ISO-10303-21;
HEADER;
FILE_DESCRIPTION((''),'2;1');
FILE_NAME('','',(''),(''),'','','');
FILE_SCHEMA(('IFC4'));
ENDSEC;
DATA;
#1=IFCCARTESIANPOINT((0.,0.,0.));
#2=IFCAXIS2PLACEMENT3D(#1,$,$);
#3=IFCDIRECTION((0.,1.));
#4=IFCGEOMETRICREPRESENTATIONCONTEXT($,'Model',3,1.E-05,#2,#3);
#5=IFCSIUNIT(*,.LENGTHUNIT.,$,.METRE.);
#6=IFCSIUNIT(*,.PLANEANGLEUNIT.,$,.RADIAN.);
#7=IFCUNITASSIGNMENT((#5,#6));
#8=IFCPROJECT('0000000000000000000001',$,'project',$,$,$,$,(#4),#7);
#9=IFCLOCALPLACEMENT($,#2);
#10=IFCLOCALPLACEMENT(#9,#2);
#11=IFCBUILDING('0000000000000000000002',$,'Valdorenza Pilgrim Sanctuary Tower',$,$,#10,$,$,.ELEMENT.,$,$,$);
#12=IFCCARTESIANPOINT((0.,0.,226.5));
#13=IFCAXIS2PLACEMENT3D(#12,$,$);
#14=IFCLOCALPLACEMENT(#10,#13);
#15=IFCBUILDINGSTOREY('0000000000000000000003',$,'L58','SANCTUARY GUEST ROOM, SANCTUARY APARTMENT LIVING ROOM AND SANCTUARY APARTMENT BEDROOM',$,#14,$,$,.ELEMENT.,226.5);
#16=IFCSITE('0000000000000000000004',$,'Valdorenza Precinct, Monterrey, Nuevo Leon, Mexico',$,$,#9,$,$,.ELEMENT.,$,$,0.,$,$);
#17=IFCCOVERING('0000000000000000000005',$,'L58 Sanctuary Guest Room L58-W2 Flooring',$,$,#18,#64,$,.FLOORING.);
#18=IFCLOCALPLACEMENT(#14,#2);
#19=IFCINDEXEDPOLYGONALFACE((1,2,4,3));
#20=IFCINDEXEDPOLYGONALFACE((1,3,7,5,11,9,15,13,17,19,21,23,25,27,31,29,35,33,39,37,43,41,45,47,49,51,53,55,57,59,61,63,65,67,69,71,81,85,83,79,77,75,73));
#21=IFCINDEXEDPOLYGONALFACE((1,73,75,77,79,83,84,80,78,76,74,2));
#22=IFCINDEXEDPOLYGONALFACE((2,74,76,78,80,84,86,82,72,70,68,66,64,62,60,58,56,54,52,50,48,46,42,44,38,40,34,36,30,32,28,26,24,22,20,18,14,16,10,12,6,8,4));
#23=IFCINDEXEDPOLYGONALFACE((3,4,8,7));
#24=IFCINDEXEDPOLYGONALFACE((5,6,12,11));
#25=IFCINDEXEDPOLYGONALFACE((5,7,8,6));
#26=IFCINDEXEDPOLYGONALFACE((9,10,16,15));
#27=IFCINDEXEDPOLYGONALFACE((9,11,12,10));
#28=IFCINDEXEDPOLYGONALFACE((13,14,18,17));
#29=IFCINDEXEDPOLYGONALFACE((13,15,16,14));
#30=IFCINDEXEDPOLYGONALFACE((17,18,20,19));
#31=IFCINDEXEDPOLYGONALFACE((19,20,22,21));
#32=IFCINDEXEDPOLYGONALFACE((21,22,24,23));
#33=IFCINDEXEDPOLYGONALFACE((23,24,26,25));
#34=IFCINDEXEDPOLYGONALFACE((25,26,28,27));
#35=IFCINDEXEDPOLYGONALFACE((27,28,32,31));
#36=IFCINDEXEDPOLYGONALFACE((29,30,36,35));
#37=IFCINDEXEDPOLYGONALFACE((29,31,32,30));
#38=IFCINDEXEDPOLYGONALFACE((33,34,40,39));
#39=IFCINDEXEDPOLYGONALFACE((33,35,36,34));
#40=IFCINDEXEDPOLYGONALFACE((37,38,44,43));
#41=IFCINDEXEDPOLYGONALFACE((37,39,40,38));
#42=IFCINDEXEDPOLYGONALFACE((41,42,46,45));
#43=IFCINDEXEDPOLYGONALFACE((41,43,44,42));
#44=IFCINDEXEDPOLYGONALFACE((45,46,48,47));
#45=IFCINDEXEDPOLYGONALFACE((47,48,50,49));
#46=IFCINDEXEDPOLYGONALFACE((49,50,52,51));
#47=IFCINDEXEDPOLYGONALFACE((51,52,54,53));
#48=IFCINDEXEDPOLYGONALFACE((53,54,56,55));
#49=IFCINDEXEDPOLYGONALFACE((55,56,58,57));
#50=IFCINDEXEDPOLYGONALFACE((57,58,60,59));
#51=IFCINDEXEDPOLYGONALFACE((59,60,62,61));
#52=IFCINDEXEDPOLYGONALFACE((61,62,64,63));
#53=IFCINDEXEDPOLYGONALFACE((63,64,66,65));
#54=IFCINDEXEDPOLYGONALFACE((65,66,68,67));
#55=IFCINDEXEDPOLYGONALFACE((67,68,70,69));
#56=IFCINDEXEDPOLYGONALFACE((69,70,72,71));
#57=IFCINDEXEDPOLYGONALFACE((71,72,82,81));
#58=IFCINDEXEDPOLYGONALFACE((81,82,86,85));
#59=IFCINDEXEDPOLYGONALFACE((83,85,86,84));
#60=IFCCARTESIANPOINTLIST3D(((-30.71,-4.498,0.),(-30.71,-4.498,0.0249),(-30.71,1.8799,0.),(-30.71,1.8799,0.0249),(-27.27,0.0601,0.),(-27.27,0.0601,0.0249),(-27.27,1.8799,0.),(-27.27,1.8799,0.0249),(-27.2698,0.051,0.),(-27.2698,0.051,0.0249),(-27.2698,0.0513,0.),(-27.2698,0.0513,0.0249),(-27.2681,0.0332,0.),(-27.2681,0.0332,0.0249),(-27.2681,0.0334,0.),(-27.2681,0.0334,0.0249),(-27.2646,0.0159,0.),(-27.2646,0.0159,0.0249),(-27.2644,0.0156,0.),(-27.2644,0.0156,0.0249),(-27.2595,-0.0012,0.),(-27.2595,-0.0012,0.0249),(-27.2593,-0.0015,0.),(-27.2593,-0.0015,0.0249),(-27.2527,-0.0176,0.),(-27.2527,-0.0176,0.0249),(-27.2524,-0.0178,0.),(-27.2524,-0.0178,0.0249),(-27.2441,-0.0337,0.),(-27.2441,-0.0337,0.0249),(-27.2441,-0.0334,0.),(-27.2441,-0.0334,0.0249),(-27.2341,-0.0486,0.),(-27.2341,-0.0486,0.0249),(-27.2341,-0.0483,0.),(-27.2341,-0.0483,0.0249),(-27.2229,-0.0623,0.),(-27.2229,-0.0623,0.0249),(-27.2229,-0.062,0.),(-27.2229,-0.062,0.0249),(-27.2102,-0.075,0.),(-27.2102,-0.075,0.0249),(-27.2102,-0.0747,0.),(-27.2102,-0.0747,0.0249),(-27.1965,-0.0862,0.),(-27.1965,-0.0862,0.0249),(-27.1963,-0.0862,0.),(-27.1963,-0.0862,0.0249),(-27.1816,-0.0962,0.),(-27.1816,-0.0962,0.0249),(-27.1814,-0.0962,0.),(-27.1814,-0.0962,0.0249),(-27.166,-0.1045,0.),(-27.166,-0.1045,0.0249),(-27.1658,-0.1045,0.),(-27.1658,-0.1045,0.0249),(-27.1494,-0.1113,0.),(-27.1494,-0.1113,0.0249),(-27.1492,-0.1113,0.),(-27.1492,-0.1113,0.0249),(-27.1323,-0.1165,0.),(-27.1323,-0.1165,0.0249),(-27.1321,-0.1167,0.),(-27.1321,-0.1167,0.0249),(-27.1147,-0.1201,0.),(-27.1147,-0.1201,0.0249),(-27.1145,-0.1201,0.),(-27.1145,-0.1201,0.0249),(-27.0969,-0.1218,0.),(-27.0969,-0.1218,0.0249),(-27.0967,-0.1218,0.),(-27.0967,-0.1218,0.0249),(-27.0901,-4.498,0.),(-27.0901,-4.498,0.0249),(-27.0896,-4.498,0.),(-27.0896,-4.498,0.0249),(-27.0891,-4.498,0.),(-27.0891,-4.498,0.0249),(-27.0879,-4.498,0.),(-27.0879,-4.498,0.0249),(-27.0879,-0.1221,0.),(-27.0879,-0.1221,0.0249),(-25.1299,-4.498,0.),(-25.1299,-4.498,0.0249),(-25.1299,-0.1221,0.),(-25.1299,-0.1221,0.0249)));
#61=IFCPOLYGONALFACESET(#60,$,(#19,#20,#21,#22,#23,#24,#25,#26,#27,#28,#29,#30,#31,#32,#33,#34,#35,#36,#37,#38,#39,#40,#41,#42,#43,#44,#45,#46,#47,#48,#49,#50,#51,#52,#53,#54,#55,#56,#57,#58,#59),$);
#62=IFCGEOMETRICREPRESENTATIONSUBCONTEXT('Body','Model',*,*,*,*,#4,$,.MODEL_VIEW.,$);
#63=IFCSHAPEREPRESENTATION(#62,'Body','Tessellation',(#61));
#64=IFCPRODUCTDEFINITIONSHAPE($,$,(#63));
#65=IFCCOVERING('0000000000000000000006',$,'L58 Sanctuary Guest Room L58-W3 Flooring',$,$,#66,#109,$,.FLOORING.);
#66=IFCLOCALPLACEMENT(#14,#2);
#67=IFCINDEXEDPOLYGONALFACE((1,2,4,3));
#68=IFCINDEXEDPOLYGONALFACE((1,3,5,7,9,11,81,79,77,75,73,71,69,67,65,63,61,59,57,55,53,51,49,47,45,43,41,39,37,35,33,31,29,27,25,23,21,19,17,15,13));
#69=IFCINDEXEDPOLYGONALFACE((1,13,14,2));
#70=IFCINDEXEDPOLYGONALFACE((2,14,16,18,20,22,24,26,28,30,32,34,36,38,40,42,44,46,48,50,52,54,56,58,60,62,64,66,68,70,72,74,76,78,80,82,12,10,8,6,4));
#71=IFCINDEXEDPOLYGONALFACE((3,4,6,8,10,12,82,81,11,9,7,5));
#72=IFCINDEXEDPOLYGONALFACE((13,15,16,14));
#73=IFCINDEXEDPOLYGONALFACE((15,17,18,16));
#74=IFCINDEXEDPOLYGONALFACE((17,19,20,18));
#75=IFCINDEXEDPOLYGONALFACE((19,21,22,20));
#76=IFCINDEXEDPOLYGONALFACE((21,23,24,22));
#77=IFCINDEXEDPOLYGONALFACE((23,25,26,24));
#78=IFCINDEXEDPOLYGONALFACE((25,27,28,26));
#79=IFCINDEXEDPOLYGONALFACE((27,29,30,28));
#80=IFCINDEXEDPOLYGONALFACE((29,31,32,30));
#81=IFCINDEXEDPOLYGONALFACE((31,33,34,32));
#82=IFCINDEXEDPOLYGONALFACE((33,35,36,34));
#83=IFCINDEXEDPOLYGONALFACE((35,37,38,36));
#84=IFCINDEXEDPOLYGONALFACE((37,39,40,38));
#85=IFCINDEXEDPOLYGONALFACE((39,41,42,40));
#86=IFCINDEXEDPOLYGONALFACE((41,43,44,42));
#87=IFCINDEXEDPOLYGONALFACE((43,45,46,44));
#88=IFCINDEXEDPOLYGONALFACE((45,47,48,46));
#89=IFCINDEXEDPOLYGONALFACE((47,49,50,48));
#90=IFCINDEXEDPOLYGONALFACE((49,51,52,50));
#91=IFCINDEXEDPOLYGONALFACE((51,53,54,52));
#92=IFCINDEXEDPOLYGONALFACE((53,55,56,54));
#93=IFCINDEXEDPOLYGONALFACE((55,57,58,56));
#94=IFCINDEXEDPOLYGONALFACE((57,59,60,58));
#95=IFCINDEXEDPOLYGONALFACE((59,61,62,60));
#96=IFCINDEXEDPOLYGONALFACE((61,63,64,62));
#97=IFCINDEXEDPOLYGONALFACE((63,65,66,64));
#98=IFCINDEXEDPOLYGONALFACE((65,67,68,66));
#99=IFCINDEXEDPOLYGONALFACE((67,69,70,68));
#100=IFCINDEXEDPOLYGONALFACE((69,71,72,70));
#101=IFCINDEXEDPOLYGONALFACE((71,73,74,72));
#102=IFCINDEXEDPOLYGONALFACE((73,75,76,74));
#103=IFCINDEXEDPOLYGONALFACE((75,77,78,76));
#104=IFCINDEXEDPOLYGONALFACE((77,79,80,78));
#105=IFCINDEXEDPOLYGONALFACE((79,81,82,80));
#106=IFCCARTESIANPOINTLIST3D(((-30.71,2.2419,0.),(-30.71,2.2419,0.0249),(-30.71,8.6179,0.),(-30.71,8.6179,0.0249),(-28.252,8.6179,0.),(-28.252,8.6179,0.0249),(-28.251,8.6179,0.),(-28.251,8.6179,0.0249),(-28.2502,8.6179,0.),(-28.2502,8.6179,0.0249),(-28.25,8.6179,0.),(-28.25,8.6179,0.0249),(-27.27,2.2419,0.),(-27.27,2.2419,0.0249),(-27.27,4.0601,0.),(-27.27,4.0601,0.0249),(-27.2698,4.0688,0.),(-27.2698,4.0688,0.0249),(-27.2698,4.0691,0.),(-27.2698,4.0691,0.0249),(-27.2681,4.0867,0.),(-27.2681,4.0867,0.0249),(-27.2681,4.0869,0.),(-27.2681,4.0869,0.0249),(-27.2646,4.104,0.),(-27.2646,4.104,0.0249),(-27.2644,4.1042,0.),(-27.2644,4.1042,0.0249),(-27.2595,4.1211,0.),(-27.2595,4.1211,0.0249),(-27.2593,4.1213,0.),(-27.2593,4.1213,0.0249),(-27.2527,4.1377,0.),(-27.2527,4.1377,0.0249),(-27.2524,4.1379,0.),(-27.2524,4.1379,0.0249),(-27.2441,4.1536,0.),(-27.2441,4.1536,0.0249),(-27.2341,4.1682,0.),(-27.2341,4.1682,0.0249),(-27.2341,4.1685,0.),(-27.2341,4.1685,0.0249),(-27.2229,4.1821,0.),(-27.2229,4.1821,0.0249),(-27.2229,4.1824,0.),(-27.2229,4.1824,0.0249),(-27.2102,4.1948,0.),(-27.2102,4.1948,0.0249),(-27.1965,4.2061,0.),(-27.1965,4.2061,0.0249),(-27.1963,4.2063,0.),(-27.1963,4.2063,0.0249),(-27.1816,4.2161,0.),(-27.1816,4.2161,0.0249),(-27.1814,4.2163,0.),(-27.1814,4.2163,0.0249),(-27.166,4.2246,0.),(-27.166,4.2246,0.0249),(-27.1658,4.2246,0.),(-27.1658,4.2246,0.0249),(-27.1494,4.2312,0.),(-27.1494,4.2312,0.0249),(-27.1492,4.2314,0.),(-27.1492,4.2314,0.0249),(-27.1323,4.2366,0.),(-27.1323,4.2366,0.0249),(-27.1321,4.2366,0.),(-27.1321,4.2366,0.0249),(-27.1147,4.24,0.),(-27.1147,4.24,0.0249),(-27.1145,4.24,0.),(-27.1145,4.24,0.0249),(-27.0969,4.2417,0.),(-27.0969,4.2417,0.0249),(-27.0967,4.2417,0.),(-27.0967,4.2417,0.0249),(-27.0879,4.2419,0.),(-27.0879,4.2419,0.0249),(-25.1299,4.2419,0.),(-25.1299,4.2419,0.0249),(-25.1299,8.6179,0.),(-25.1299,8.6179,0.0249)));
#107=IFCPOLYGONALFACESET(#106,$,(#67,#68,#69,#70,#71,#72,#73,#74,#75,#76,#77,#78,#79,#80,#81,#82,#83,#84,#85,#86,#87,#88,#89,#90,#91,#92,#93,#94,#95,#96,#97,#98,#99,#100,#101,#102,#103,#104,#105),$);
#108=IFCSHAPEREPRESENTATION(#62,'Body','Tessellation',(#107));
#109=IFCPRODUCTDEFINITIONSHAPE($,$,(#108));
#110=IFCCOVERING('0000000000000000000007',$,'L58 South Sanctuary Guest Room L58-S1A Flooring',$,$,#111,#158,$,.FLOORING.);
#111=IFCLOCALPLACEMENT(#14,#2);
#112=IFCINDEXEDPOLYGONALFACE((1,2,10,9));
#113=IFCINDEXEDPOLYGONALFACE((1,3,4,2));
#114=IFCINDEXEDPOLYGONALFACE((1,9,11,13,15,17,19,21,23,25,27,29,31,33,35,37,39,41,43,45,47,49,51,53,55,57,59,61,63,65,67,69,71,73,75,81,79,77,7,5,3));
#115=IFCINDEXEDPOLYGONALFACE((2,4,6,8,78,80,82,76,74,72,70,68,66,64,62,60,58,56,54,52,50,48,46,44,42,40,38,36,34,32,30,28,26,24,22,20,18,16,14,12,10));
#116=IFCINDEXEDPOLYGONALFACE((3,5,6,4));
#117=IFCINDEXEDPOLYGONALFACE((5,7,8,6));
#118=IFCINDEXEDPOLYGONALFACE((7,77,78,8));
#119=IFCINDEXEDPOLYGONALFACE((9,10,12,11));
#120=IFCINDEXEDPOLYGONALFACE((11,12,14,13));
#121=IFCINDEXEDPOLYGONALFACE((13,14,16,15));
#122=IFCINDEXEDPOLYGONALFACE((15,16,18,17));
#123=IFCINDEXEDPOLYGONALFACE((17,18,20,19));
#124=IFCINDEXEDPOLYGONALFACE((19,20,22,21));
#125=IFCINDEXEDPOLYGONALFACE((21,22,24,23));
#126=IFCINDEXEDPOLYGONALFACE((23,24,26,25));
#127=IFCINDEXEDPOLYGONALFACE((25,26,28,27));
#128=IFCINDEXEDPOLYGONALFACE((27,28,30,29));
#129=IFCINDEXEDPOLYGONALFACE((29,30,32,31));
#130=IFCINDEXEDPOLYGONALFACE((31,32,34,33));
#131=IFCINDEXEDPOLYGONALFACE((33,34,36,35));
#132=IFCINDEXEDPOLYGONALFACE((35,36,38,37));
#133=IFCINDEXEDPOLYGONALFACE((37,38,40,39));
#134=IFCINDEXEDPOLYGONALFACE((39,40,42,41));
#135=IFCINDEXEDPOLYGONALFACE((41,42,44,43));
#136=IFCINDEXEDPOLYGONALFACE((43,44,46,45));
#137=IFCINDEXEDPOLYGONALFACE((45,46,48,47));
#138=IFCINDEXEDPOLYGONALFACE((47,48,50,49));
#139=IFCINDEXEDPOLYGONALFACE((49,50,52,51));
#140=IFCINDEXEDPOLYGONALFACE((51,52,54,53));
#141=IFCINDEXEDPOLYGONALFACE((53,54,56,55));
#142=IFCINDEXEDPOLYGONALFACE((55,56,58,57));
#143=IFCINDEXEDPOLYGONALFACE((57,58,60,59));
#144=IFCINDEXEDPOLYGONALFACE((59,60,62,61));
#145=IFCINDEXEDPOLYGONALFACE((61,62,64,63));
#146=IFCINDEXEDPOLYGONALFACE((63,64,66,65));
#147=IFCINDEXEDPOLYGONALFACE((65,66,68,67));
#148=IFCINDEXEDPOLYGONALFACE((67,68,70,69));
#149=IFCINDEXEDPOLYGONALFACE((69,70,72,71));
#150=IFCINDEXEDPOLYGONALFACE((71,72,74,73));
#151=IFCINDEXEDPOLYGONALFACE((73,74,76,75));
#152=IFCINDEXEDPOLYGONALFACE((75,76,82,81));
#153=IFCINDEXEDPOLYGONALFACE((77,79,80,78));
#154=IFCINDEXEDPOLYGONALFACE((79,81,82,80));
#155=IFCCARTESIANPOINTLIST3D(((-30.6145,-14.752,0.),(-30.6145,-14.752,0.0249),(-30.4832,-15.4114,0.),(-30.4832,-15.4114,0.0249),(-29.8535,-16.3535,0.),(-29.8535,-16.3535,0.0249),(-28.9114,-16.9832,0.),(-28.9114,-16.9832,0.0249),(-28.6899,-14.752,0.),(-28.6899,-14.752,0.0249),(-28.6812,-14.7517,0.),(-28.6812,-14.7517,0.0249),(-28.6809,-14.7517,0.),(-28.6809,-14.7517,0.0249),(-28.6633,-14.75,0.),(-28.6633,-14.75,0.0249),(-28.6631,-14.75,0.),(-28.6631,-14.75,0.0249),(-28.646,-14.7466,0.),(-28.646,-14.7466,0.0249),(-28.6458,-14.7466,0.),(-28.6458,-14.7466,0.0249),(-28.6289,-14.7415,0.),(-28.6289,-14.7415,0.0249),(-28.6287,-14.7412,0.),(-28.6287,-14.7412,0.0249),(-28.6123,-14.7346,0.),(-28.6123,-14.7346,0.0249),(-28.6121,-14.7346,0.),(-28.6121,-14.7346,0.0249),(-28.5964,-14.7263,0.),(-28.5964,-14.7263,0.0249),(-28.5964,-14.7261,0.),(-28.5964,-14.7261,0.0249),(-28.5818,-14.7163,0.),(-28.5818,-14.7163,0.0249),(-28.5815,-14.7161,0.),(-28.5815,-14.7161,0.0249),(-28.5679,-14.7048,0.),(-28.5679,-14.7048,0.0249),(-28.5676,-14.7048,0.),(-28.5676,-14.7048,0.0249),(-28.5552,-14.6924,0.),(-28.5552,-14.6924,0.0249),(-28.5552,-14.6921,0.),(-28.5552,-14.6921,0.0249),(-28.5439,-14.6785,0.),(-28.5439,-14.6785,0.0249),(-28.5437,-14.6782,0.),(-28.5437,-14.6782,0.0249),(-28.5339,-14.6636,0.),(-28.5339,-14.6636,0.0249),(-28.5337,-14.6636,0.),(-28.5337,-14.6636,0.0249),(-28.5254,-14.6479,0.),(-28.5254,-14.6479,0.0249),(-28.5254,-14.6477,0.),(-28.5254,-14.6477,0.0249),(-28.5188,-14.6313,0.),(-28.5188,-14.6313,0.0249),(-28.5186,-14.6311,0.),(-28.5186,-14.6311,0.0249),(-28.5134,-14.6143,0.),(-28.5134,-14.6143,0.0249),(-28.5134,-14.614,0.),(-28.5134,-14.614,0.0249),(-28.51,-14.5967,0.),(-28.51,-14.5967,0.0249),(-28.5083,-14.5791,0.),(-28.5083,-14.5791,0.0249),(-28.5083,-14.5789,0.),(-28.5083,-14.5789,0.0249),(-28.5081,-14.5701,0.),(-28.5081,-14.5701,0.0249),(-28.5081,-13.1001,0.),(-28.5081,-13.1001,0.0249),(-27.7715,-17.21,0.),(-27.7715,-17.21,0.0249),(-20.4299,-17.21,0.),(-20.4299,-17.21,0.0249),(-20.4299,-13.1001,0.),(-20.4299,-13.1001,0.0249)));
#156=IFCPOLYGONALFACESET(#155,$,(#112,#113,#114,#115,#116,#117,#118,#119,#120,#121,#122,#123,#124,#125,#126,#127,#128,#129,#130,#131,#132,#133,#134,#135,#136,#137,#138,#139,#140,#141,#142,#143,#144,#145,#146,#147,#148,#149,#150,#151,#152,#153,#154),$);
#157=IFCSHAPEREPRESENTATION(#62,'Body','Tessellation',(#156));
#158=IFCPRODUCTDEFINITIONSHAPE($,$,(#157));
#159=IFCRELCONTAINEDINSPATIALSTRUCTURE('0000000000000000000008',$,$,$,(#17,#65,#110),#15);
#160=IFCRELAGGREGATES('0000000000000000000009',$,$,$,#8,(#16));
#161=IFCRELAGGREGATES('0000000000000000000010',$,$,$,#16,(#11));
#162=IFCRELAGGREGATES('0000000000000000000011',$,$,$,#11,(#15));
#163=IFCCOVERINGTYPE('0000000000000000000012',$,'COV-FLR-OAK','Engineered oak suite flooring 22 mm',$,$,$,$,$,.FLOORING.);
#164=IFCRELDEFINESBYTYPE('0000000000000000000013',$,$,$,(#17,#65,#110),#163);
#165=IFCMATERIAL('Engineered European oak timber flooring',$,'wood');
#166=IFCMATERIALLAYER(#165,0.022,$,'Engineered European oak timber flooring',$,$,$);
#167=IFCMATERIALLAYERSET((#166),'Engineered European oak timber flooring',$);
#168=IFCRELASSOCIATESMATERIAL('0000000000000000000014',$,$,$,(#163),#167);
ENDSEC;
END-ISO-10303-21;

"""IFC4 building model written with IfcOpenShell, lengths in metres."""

from ifc_helpers import new_model, si_unit, direction, frame, origin, place, context, subcontext, project, spatial, polyline, outline, extrude, material, layer, layer_set, type_object, element, save


model = new_model("IFC4")

# Units and contexts
model_context = context("Model", 3, precision=1e-05, world=origin(), true_north=direction((0.0, 1.0)))
body_context = subcontext(model_context, "Body", "Model", "MODEL_VIEW")
ifc_project = project(units=[si_unit("LENGTHUNIT", "METRE"), si_unit("PLANEANGLEUNIT", "RADIAN")], contexts=[model_context])

# Site, building, storey
site_placement = place(None, origin())
site = spatial("IfcSite", under=ifc_project, at=site_placement, Name="Valdorenza Precinct, Monterrey, Nuevo Leon, Mexico", CompositionType="ELEMENT", RefElevation=0.0)
building_placement = place(site_placement, origin())
building = spatial("IfcBuilding", under=site, at=building_placement, Name="Valdorenza Pilgrim Sanctuary Tower", CompositionType="ELEMENT")
storey_placement = place(building_placement, frame((0.0, 0.0, 226.5)))
storey = spatial("IfcBuildingStorey", under=building, at=storey_placement, Name="L58", Description="SANCTUARY GUEST ROOM, SANCTUARY APARTMENT LIVING ROOM AND SANCTUARY APARTMENT BEDROOM", CompositionType="ELEMENT", Elevation=226.5)

# Coverings
ifc_material_1 = material(Name="Engineered European oak timber flooring", Category="wood")
ifc_layer_1 = layer(ifc_material_1, 0.022, Name="Engineered European oak timber flooring")
ifc_layer_set_1 = layer_set([ifc_layer_1], Name="Engineered European oak timber flooring")
covering_type_1 = type_object("IfcCoveringType", Name="COV-FLR-OAK", Description="Engineered oak suite flooring 22 mm", PredefinedType="FLOORING", material=ifc_layer_set_1)
covering_1_placement = place(storey_placement, origin())
element("IfcCovering", 1, at=covering_1_placement, inside=storey, type_object=covering_type_1, Name="L58 Sanctuary Guest Room L58-W2 Flooring", PredefinedType="FLOORING", context=body_context, shape_type="SweptSolid", body=[
    extrude(outline(polyline([(-30.71, 1.8799), (-27.27, 1.8799), (-27.27, 0.0601), (-27.2698, 0.0513), (-27.2698, 0.051), (-27.2681, 0.0334), (-27.2681, 0.0332), (-27.2646, 0.0159), (-27.2644, 0.0156), (-27.2595, -0.0012), (-27.2593, -0.0015), (-27.2527, -0.0176), (-27.2524, -0.0178), (-27.2441, -0.0334), (-27.2441, -0.0337), (-27.2341, -0.0483), (-27.2341, -0.0486), (-27.2229, -0.062), (-27.2229, -0.0623), (-27.2102, -0.0747), (-27.2102, -0.075), (-27.1965, -0.0862), (-27.1963, -0.0862), (-27.1816, -0.0962), (-27.1814, -0.0962), (-27.166, -0.1045), (-27.1658, -0.1045), (-27.1494, -0.1113), (-27.1492, -0.1113), (-27.1323, -0.1165), (-27.1321, -0.1167), (-27.1147, -0.1201), (-27.1145, -0.1201), (-27.0969, -0.1218), (-27.0967, -0.1218), (-27.0879, -0.1221), (-25.1299, -0.1221), (-25.1299, -4.498), (-27.0879, -4.498), (-27.0891, -4.498), (-27.0896, -4.498), (-27.0901, -4.498), (-30.71, -4.498), (-30.71, 1.8799)])), origin(), (0.0, 0.0, 1.0), 0.0249),
])
covering_2_placement = place(storey_placement, origin())
element("IfcCovering", 2, at=covering_2_placement, inside=storey, type_object=covering_type_1, Name="L58 Sanctuary Guest Room L58-W3 Flooring", PredefinedType="FLOORING", context=body_context, shape_type="SweptSolid", body=[
    extrude(outline(polyline([(-28.2502, 8.6179), (-28.25, 8.6179), (-25.1299, 8.6179), (-25.1299, 4.2419), (-27.0879, 4.2419), (-27.0967, 4.2417), (-27.0969, 4.2417), (-27.1145, 4.24), (-27.1147, 4.24), (-27.1321, 4.2366), (-27.1323, 4.2366), (-27.1492, 4.2314), (-27.1494, 4.2312), (-27.1658, 4.2246), (-27.166, 4.2246), (-27.1814, 4.2163), (-27.1816, 4.2161), (-27.1963, 4.2063), (-27.1965, 4.2061), (-27.2102, 4.1948), (-27.2102, 4.1948), (-27.2229, 4.1824), (-27.2229, 4.1821), (-27.2341, 4.1685), (-27.2341, 4.1682), (-27.2441, 4.1536), (-27.2441, 4.1536), (-27.2524, 4.1379), (-27.2527, 4.1377), (-27.2593, 4.1213), (-27.2595, 4.1211), (-27.2644, 4.1042), (-27.2646, 4.104), (-27.2681, 4.0869), (-27.2681, 4.0867), (-27.2698, 4.0691), (-27.2698, 4.0688), (-27.27, 4.0601), (-27.27, 2.2419), (-30.71, 2.2419), (-30.71, 8.6179), (-28.252, 8.6179), (-28.251, 8.6179), (-28.2502, 8.6179)])), origin(), (0.0, 0.0, 1.0), 0.0249),
])
covering_3_placement = place(storey_placement, origin())
element("IfcCovering", 3, at=covering_3_placement, inside=storey, type_object=covering_type_1, Name="L58 South Sanctuary Guest Room L58-S1A Flooring", PredefinedType="FLOORING", context=body_context, shape_type="SweptSolid", body=[
    extrude(outline(polyline([(-27.7715, -17.21), (-28.9114, -16.9832), (-29.8535, -16.3535), (-30.4832, -15.4114), (-30.6145, -14.752), (-28.6899, -14.752), (-28.6812, -14.7517), (-28.6809, -14.7517), (-28.6633, -14.75), (-28.6631, -14.75), (-28.646, -14.7466), (-28.6458, -14.7466), (-28.6289, -14.7415), (-28.6287, -14.7412), (-28.6123, -14.7346), (-28.6121, -14.7346), (-28.5964, -14.7263), (-28.5964, -14.7261), (-28.5818, -14.7163), (-28.5815, -14.7161), (-28.5679, -14.7048), (-28.5676, -14.7048), (-28.5552, -14.6924), (-28.5552, -14.6921), (-28.5439, -14.6785), (-28.5437, -14.6782), (-28.5339, -14.6636), (-28.5337, -14.6636), (-28.5254, -14.6479), (-28.5254, -14.6477), (-28.5188, -14.6313), (-28.5186, -14.6311), (-28.5134, -14.6143), (-28.5134, -14.614), (-28.51, -14.5967), (-28.51, -14.5967), (-28.5083, -14.5791), (-28.5083, -14.5789), (-28.5081, -14.5701), (-28.5081, -13.1001), (-20.4299, -13.1001), (-20.4299, -17.21), (-27.7715, -17.21)])), origin(), (0.0, 0.0, 1.0), 0.0249),
])

save(model, "model.ifc")
